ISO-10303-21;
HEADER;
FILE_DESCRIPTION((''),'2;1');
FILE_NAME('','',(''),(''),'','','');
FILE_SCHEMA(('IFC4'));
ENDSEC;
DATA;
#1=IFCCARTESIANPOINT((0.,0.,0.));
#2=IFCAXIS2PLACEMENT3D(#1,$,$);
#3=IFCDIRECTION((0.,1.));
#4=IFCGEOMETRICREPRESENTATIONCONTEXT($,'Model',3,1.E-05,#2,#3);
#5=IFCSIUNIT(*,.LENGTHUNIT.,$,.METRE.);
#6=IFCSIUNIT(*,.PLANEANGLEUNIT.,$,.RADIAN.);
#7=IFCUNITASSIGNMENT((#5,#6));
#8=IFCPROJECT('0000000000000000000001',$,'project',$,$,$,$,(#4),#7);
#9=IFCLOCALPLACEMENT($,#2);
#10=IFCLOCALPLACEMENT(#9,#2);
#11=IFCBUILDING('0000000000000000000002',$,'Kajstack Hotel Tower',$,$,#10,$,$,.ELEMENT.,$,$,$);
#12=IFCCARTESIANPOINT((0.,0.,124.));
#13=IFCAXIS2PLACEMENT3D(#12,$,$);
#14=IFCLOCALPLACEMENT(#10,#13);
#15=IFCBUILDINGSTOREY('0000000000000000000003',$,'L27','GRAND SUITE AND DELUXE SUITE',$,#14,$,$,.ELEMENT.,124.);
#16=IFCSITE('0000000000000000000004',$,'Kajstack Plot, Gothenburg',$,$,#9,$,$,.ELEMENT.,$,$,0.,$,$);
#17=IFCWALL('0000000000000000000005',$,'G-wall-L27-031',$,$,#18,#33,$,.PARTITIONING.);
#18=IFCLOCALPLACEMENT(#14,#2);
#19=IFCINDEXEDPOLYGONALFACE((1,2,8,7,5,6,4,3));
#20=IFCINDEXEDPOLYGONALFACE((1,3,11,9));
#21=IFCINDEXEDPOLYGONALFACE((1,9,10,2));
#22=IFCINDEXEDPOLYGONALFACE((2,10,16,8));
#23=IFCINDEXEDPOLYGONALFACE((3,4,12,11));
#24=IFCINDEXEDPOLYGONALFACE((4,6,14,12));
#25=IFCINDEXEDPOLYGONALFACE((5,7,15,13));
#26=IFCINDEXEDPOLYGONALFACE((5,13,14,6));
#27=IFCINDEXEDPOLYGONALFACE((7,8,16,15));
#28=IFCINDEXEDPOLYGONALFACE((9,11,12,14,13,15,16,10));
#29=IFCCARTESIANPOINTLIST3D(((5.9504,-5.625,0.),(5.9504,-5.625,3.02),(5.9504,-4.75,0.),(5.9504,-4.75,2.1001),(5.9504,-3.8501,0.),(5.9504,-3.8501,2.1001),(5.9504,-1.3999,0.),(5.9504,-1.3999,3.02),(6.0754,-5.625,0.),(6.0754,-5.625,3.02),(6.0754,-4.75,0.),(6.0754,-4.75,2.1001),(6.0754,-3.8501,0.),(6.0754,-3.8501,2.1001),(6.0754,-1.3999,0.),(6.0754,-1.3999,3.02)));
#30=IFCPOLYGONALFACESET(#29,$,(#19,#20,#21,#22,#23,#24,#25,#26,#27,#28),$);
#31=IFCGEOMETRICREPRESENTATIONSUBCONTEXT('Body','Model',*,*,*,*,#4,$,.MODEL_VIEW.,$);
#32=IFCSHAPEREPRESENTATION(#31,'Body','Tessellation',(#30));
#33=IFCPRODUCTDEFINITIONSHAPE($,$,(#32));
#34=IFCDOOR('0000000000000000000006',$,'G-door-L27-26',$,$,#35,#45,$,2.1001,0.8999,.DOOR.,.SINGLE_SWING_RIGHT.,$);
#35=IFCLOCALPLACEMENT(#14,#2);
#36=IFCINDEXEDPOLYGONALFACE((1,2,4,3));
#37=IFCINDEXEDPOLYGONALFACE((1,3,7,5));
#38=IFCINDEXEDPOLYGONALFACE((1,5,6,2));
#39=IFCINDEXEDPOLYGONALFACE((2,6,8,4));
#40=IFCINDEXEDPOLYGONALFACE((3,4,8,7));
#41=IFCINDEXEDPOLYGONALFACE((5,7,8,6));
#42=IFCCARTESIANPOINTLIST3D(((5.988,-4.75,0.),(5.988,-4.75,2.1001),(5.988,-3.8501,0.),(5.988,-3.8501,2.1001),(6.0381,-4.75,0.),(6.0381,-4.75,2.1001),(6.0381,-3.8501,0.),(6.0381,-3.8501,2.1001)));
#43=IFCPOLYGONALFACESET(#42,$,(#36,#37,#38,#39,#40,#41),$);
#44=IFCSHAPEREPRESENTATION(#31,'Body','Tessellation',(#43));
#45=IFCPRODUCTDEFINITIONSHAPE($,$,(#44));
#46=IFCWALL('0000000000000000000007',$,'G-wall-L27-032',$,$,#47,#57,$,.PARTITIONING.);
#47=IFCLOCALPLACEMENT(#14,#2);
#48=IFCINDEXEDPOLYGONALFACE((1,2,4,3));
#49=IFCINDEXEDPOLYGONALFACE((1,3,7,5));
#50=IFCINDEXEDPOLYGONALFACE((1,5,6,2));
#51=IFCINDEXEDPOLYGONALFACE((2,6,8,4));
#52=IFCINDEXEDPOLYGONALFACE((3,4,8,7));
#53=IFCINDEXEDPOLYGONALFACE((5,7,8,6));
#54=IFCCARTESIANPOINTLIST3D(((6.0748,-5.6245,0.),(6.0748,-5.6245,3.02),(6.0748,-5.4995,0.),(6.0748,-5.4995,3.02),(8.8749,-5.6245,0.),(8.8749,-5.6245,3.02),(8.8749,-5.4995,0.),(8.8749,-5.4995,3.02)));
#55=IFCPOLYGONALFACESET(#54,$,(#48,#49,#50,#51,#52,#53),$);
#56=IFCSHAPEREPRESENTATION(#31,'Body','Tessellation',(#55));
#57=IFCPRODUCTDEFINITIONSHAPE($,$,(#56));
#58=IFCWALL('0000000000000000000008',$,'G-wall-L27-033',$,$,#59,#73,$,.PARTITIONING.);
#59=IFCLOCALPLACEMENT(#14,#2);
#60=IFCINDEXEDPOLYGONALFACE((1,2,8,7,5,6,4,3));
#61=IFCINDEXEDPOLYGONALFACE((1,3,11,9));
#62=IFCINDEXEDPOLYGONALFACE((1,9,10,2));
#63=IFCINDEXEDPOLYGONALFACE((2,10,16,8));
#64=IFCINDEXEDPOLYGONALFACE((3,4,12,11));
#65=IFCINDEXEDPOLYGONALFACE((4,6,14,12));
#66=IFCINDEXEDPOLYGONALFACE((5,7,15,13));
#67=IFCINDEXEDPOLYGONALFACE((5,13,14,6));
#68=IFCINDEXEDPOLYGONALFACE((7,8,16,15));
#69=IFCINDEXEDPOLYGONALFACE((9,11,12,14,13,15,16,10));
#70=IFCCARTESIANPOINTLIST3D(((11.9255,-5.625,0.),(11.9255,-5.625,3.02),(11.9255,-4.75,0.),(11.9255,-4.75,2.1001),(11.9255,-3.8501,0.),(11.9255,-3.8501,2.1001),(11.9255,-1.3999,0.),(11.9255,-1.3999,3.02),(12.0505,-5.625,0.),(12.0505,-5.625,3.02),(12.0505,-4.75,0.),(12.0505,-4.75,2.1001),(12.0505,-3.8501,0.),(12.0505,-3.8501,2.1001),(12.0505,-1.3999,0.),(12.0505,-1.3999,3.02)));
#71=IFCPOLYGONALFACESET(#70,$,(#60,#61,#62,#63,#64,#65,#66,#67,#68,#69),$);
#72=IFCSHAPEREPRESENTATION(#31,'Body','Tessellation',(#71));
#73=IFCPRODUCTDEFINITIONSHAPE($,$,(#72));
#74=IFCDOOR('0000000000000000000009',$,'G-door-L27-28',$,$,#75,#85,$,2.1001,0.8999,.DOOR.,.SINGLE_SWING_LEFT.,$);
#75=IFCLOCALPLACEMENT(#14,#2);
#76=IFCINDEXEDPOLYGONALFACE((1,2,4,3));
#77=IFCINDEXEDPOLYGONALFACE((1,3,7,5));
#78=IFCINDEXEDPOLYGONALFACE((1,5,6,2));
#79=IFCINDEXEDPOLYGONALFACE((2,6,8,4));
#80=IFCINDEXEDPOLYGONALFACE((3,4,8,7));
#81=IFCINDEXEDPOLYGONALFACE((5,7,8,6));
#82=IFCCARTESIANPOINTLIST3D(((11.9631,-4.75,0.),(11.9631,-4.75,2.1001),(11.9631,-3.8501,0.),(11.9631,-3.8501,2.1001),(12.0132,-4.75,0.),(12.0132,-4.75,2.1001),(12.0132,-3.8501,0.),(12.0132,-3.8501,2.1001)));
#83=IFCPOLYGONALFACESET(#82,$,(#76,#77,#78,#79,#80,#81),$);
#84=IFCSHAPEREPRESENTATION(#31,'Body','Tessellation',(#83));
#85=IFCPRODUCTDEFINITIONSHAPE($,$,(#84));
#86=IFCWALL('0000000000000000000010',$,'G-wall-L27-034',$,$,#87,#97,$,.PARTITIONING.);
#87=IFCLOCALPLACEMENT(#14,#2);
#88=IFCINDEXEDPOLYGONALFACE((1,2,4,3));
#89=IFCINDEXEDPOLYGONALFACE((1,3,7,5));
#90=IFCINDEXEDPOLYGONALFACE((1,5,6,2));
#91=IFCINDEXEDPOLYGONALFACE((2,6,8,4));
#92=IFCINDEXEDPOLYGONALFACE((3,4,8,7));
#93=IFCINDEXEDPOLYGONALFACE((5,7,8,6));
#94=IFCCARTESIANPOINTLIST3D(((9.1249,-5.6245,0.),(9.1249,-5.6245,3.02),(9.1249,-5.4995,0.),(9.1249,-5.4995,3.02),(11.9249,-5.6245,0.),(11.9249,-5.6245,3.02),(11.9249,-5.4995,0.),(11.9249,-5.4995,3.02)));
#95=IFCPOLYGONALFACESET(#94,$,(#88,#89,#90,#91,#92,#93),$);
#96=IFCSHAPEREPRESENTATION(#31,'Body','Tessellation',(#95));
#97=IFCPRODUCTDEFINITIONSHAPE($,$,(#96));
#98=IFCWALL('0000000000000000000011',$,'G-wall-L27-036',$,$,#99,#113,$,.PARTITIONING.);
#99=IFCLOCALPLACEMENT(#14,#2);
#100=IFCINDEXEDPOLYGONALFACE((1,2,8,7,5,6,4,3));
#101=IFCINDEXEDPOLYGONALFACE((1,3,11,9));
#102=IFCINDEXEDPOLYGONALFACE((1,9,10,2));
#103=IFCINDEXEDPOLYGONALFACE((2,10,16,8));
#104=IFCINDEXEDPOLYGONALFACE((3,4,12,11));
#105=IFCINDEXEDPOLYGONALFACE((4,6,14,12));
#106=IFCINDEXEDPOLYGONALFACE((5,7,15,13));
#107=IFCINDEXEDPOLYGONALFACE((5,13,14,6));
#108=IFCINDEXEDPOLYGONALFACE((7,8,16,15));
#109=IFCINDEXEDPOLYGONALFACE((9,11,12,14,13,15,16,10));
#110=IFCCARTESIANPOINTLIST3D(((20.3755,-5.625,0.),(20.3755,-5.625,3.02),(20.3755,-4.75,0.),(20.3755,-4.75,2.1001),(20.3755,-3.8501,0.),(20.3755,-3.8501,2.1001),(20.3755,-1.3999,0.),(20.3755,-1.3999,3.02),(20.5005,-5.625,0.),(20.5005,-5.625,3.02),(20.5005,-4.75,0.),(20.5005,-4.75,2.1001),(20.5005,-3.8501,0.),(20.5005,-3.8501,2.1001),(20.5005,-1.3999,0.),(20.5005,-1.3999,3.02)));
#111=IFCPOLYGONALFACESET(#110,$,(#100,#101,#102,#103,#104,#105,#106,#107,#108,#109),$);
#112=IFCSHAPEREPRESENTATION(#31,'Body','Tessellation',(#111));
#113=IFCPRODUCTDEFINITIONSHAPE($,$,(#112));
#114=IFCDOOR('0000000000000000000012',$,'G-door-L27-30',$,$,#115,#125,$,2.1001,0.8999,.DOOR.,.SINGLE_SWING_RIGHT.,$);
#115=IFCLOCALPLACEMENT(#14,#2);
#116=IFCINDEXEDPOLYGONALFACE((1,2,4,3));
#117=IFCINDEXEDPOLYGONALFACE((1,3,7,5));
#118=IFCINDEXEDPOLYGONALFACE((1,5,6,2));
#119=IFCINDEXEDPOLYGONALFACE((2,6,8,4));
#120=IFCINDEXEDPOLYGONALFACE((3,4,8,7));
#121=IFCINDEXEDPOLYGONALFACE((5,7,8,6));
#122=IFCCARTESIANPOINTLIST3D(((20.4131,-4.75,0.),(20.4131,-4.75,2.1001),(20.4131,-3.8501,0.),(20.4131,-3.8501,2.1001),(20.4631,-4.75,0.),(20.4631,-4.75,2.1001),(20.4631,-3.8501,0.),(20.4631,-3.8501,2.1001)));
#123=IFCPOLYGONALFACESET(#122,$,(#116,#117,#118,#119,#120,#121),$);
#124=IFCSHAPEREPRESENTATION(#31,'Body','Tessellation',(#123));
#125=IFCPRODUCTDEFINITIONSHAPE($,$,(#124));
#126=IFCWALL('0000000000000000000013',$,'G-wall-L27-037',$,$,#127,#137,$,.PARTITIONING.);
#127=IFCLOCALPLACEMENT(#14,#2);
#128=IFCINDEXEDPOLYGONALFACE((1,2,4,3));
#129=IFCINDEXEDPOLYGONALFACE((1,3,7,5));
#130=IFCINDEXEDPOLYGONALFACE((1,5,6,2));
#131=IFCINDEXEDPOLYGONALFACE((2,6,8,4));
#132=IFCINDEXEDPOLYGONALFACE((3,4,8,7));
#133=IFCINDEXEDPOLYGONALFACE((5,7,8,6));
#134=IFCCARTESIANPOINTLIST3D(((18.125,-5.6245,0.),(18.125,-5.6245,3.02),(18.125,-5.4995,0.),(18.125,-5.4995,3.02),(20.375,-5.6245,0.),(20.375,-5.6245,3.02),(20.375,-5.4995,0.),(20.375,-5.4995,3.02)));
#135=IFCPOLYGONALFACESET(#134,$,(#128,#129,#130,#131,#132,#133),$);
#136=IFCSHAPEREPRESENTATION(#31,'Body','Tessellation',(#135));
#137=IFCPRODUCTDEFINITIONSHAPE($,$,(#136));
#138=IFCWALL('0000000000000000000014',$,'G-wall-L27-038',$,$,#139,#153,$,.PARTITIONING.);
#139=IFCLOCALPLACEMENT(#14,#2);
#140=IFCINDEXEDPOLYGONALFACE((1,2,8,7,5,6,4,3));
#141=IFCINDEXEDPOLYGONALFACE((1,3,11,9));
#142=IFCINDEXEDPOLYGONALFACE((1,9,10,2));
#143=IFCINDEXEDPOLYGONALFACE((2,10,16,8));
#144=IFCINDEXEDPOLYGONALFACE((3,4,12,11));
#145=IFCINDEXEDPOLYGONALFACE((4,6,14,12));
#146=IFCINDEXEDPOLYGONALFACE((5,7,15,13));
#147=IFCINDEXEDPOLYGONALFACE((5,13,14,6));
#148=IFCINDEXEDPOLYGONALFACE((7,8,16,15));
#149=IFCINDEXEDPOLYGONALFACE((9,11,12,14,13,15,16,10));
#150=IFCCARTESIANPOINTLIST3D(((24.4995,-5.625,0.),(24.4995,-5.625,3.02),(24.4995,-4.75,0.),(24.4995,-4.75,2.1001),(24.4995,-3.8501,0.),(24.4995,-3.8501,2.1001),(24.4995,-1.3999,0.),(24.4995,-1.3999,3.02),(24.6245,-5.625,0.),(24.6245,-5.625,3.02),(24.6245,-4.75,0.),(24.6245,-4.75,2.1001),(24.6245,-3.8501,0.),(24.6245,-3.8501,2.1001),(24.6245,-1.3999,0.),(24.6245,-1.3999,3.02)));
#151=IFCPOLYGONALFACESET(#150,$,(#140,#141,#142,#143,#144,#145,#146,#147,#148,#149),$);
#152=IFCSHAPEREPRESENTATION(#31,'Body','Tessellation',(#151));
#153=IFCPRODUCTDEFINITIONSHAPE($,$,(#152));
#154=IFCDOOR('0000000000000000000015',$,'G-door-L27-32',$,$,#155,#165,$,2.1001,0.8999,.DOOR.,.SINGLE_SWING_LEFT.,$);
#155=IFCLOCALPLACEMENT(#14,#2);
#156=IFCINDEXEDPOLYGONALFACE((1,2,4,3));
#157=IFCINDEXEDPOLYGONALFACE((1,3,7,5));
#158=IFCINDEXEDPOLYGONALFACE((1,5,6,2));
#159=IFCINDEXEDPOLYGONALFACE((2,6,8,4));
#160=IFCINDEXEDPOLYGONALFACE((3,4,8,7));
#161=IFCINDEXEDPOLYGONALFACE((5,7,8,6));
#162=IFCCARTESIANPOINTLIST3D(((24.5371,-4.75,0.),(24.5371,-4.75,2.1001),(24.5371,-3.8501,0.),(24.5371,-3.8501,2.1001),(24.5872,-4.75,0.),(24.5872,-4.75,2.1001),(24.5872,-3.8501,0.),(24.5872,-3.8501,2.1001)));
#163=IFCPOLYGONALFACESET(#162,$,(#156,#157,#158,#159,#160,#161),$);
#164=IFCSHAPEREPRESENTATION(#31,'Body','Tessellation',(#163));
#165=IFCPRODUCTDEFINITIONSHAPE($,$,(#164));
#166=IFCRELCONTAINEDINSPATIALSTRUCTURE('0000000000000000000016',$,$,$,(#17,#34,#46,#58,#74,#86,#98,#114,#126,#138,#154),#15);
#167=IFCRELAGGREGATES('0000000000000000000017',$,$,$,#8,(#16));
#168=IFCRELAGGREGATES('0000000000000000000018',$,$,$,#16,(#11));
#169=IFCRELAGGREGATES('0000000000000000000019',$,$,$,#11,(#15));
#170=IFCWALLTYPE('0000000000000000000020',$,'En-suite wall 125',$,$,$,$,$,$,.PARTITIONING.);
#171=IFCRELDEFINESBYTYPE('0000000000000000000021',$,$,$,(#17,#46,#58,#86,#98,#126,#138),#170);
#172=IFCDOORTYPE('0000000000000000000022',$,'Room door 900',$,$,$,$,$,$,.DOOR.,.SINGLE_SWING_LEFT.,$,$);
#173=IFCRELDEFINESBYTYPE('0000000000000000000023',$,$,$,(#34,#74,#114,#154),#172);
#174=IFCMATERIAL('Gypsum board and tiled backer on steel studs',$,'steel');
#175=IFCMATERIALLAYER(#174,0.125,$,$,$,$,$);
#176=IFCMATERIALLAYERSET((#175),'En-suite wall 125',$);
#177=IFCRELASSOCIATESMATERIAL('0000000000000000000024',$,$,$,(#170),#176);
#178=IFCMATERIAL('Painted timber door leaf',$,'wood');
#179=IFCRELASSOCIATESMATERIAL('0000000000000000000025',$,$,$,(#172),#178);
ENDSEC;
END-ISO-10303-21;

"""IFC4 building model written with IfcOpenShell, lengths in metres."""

from ifc_helpers import new_model, si_unit, direction, frame, frame_2d, origin, place, context, subcontext, project, spatial, rectangle, extrude, material, layer, layer_set, type_object, element, fill, save


model = new_model("IFC4")

# Units and contexts
model_context = context("Model", 3, precision=1e-05, world=origin(), true_north=direction((0.0, 1.0)))
body_context = subcontext(model_context, "Body", "Model", "MODEL_VIEW")
ifc_project = project(units=[si_unit("LENGTHUNIT", "METRE"), si_unit("PLANEANGLEUNIT", "RADIAN")], contexts=[model_context])

# Site, building, storey
site_placement = place(None, origin())
site = spatial("IfcSite", under=ifc_project, at=site_placement, Name="Kajstack Plot, Gothenburg", CompositionType="ELEMENT", RefElevation=0.0)
building_placement = place(site_placement, origin())
building = spatial("IfcBuilding", under=site, at=building_placement, Name="Kajstack Hotel Tower", CompositionType="ELEMENT")
storey_placement = place(building_placement, frame((0.0, 0.0, 124.0)))
storey = spatial("IfcBuildingStorey", under=building, at=storey_placement, Name="L27", Description="GRAND SUITE AND DELUXE SUITE", CompositionType="ELEMENT", Elevation=124.0)

# Wall, opening, door
ifc_material_1 = material(Name="Gypsum board and tiled backer on steel studs", Category="steel")
ifc_layer_1 = layer(ifc_material_1, 0.125)
ifc_layer_set_1 = layer_set([ifc_layer_1], Name="En-suite wall 125")
wall_type_1 = type_object("IfcWallType", Name="En-suite wall 125", PredefinedType="PARTITIONING", material=ifc_layer_set_1)
ifc_material_2 = material(Name="Painted timber door leaf", Category="wood")
door_type_1 = type_object("IfcDoorType", Name="Room door 900", OperationType="SINGLE_SWING_LEFT", PredefinedType="DOOR", material=ifc_material_2)
wall_1_placement = place(storey_placement, frame((6.0129, -5.625, 0.0), z_axis=(0.0, 0.0, 1.0), x_axis=(0.0, 1.0, 0.0)))
wall_1 = element("IfcWall", 1, at=wall_1_placement, inside=storey, type_object=wall_type_1, Name="G-wall-L27-031", PredefinedType="PARTITIONING", context=body_context, shape_type="SweptSolid", body=[
    extrude(rectangle(XDim=4.2251, YDim=0.125, at=frame_2d((2.1125, 0.0))), origin(), (0.0, 0.0, 1.0), 3.02),
])
opening_1_placement = place(wall_1_placement, frame((0.875, 0.0, 0.0)))
opening_1 = element("IfcOpeningElement", 2, at=opening_1_placement, cuts=wall_1, PredefinedType="OPENING", context=body_context, shape_type="SweptSolid", body=[
    extrude(rectangle(XDim=0.8999, YDim=2.1001, at=frame_2d((0.45, 1.05))), frame((0.0, 0.0725, 0.0), z_axis=(0.0, -1.0, 0.0), x_axis=(1.0, 0.0, 0.0)), (0.0, 0.0, 1.0), 0.145),
])
door_1_placement = place(opening_1_placement, origin())
door_1 = element("IfcDoor", 3, at=door_1_placement, inside=storey, type_object=door_type_1, Name="G-door-L27-26", OperationType="SINGLE_SWING_RIGHT", OverallHeight=2.1001, OverallWidth=0.8999, PredefinedType="DOOR", context=body_context, shape_type="SweptSolid", body=[
    extrude(rectangle(XDim=0.8999, YDim=2.1001, at=frame_2d((0.45, 1.05))), frame((0.0, 0.0249, 0.0), z_axis=(0.0, -1.0, 0.0), x_axis=(1.0, 0.0, 0.0)), (0.0, 0.0, 1.0), 0.05),
])
fill(opening_1, door_1)

# Wall
wall_2_placement = place(storey_placement, frame((6.075, -5.562, 0.0), z_axis=(0.0, 0.0, 1.0), x_axis=(1.0, 0.0, 0.0)))
element("IfcWall", 4, at=wall_2_placement, inside=storey, type_object=wall_type_1, Name="G-wall-L27-032", PredefinedType="PARTITIONING", context=body_context, shape_type="SweptSolid", body=[
    extrude(rectangle(XDim=2.8, YDim=0.125, at=frame_2d((1.3999, 0.0))), origin(), (0.0, 0.0, 1.0), 3.02),
])

# Wall, opening, door
wall_3_placement = place(storey_placement, frame((11.988, -5.625, 0.0), z_axis=(0.0, 0.0, 1.0), x_axis=(0.0, 1.0, 0.0)))
wall_3 = element("IfcWall", 5, at=wall_3_placement, inside=storey, type_object=wall_type_1, Name="G-wall-L27-033", PredefinedType="PARTITIONING", context=body_context, shape_type="SweptSolid", body=[
    extrude(rectangle(XDim=4.2251, YDim=0.125, at=frame_2d((2.1125, 0.0))), origin(), (0.0, 0.0, 1.0), 3.02),
])
opening_2_placement = place(wall_3_placement, frame((0.875, 0.0, 0.0)))
opening_2 = element("IfcOpeningElement", 6, at=opening_2_placement, cuts=wall_3, PredefinedType="OPENING", context=body_context, shape_type="SweptSolid", body=[
    extrude(rectangle(XDim=0.8999, YDim=2.1001, at=frame_2d((0.45, 1.05))), frame((0.0, 0.0725, 0.0), z_axis=(0.0, -1.0, 0.0), x_axis=(1.0, 0.0, 0.0)), (0.0, 0.0, 1.0), 0.145),
])
door_2_placement = place(opening_2_placement, origin())
door_2 = element("IfcDoor", 7, at=door_2_placement, inside=storey, type_object=door_type_1, Name="G-door-L27-28", OperationType="SINGLE_SWING_LEFT", OverallHeight=2.1001, OverallWidth=0.8999, PredefinedType="DOOR", context=body_context, shape_type="SweptSolid", body=[
    extrude(rectangle(XDim=0.8999, YDim=2.1001, at=frame_2d((0.45, 1.05))), frame((0.0, 0.0249, 0.0), z_axis=(0.0, -1.0, 0.0), x_axis=(1.0, 0.0, 0.0)), (0.0, 0.0, 1.0), 0.05),
])
fill(opening_2, door_2)

# Wall
wall_4_placement = place(storey_placement, frame((9.125, -5.562, 0.0), z_axis=(0.0, 0.0, 1.0), x_axis=(1.0, 0.0, 0.0)))
element("IfcWall", 8, at=wall_4_placement, inside=storey, type_object=wall_type_1, Name="G-wall-L27-034", PredefinedType="PARTITIONING", context=body_context, shape_type="SweptSolid", body=[
    extrude(rectangle(XDim=2.8, YDim=0.125, at=frame_2d((1.3999, 0.0))), origin(), (0.0, 0.0, 1.0), 3.02),
])

# Wall, opening, door
wall_5_placement = place(storey_placement, frame((20.438, -5.625, 0.0), z_axis=(0.0, 0.0, 1.0), x_axis=(0.0, 1.0, 0.0)))
wall_5 = element("IfcWall", 9, at=wall_5_placement, inside=storey, type_object=wall_type_1, Name="G-wall-L27-036", PredefinedType="PARTITIONING", context=body_context, shape_type="SweptSolid", body=[
    extrude(rectangle(XDim=4.2251, YDim=0.125, at=frame_2d((2.1125, 0.0))), origin(), (0.0, 0.0, 1.0), 3.02),
])
opening_3_placement = place(wall_5_placement, frame((0.875, 0.0, 0.0)))
opening_3 = element("IfcOpeningElement", 10, at=opening_3_placement, cuts=wall_5, PredefinedType="OPENING", context=body_context, shape_type="SweptSolid", body=[
    extrude(rectangle(XDim=0.8999, YDim=2.1001, at=frame_2d((0.45, 1.05))), frame((0.0, 0.0725, 0.0), z_axis=(0.0, -1.0, 0.0), x_axis=(1.0, 0.0, 0.0)), (0.0, 0.0, 1.0), 0.145),
])
door_3_placement = place(opening_3_placement, origin())
door_3 = element("IfcDoor", 11, at=door_3_placement, inside=storey, type_object=door_type_1, Name="G-door-L27-30", OperationType="SINGLE_SWING_RIGHT", OverallHeight=2.1001, OverallWidth=0.8999, PredefinedType="DOOR", context=body_context, shape_type="SweptSolid", body=[
    extrude(rectangle(XDim=0.8999, YDim=2.1001, at=frame_2d((0.45, 1.05))), frame((0.0, 0.0249, 0.0), z_axis=(0.0, -1.0, 0.0), x_axis=(1.0, 0.0, 0.0)), (0.0, 0.0, 1.0), 0.05),
])
fill(opening_3, door_3)

# Wall
wall_6_placement = place(storey_placement, frame((18.125, -5.562, 0.0), z_axis=(0.0, 0.0, 1.0), x_axis=(1.0, 0.0, 0.0)))
element("IfcWall", 12, at=wall_6_placement, inside=storey, type_object=wall_type_1, Name="G-wall-L27-037", PredefinedType="PARTITIONING", context=body_context, shape_type="SweptSolid", body=[
    extrude(rectangle(XDim=2.25, YDim=0.125, at=frame_2d((1.125, 0.0))), origin(), (0.0, 0.0, 1.0), 3.02),
])

# Wall, opening, door
wall_7_placement = place(storey_placement, frame((24.562, -5.625, 0.0), z_axis=(0.0, 0.0, 1.0), x_axis=(0.0, 1.0, 0.0)))
wall_7 = element("IfcWall", 13, at=wall_7_placement, inside=storey, type_object=wall_type_1, Name="G-wall-L27-038", PredefinedType="PARTITIONING", context=body_context, shape_type="SweptSolid", body=[
    extrude(rectangle(XDim=4.2251, YDim=0.125, at=frame_2d((2.1125, 0.0))), origin(), (0.0, 0.0, 1.0), 3.02),
])
opening_4_placement = place(wall_7_placement, frame((0.875, 0.0, 0.0)))
opening_4 = element("IfcOpeningElement", 14, at=opening_4_placement, cuts=wall_7, PredefinedType="OPENING", context=body_context, shape_type="SweptSolid", body=[
    extrude(rectangle(XDim=0.8999, YDim=2.1001, at=frame_2d((0.45, 1.05))), frame((0.0, 0.0725, 0.0), z_axis=(0.0, -1.0, 0.0), x_axis=(1.0, 0.0, 0.0)), (0.0, 0.0, 1.0), 0.145),
])
door_4_placement = place(opening_4_placement, origin())
door_4 = element("IfcDoor", 15, at=door_4_placement, inside=storey, type_object=door_type_1, Name="G-door-L27-32", OperationType="SINGLE_SWING_LEFT", OverallHeight=2.1001, OverallWidth=0.8999, PredefinedType="DOOR", context=body_context, shape_type="SweptSolid", body=[
    extrude(rectangle(XDim=0.8999, YDim=2.1001, at=frame_2d((0.45, 1.05))), frame((0.0, 0.0249, 0.0), z_axis=(0.0, -1.0, 0.0), x_axis=(1.0, 0.0, 0.0)), (0.0, 0.0, 1.0), 0.05),
])
fill(opening_4, door_4)

save(model, "model.ifc")
